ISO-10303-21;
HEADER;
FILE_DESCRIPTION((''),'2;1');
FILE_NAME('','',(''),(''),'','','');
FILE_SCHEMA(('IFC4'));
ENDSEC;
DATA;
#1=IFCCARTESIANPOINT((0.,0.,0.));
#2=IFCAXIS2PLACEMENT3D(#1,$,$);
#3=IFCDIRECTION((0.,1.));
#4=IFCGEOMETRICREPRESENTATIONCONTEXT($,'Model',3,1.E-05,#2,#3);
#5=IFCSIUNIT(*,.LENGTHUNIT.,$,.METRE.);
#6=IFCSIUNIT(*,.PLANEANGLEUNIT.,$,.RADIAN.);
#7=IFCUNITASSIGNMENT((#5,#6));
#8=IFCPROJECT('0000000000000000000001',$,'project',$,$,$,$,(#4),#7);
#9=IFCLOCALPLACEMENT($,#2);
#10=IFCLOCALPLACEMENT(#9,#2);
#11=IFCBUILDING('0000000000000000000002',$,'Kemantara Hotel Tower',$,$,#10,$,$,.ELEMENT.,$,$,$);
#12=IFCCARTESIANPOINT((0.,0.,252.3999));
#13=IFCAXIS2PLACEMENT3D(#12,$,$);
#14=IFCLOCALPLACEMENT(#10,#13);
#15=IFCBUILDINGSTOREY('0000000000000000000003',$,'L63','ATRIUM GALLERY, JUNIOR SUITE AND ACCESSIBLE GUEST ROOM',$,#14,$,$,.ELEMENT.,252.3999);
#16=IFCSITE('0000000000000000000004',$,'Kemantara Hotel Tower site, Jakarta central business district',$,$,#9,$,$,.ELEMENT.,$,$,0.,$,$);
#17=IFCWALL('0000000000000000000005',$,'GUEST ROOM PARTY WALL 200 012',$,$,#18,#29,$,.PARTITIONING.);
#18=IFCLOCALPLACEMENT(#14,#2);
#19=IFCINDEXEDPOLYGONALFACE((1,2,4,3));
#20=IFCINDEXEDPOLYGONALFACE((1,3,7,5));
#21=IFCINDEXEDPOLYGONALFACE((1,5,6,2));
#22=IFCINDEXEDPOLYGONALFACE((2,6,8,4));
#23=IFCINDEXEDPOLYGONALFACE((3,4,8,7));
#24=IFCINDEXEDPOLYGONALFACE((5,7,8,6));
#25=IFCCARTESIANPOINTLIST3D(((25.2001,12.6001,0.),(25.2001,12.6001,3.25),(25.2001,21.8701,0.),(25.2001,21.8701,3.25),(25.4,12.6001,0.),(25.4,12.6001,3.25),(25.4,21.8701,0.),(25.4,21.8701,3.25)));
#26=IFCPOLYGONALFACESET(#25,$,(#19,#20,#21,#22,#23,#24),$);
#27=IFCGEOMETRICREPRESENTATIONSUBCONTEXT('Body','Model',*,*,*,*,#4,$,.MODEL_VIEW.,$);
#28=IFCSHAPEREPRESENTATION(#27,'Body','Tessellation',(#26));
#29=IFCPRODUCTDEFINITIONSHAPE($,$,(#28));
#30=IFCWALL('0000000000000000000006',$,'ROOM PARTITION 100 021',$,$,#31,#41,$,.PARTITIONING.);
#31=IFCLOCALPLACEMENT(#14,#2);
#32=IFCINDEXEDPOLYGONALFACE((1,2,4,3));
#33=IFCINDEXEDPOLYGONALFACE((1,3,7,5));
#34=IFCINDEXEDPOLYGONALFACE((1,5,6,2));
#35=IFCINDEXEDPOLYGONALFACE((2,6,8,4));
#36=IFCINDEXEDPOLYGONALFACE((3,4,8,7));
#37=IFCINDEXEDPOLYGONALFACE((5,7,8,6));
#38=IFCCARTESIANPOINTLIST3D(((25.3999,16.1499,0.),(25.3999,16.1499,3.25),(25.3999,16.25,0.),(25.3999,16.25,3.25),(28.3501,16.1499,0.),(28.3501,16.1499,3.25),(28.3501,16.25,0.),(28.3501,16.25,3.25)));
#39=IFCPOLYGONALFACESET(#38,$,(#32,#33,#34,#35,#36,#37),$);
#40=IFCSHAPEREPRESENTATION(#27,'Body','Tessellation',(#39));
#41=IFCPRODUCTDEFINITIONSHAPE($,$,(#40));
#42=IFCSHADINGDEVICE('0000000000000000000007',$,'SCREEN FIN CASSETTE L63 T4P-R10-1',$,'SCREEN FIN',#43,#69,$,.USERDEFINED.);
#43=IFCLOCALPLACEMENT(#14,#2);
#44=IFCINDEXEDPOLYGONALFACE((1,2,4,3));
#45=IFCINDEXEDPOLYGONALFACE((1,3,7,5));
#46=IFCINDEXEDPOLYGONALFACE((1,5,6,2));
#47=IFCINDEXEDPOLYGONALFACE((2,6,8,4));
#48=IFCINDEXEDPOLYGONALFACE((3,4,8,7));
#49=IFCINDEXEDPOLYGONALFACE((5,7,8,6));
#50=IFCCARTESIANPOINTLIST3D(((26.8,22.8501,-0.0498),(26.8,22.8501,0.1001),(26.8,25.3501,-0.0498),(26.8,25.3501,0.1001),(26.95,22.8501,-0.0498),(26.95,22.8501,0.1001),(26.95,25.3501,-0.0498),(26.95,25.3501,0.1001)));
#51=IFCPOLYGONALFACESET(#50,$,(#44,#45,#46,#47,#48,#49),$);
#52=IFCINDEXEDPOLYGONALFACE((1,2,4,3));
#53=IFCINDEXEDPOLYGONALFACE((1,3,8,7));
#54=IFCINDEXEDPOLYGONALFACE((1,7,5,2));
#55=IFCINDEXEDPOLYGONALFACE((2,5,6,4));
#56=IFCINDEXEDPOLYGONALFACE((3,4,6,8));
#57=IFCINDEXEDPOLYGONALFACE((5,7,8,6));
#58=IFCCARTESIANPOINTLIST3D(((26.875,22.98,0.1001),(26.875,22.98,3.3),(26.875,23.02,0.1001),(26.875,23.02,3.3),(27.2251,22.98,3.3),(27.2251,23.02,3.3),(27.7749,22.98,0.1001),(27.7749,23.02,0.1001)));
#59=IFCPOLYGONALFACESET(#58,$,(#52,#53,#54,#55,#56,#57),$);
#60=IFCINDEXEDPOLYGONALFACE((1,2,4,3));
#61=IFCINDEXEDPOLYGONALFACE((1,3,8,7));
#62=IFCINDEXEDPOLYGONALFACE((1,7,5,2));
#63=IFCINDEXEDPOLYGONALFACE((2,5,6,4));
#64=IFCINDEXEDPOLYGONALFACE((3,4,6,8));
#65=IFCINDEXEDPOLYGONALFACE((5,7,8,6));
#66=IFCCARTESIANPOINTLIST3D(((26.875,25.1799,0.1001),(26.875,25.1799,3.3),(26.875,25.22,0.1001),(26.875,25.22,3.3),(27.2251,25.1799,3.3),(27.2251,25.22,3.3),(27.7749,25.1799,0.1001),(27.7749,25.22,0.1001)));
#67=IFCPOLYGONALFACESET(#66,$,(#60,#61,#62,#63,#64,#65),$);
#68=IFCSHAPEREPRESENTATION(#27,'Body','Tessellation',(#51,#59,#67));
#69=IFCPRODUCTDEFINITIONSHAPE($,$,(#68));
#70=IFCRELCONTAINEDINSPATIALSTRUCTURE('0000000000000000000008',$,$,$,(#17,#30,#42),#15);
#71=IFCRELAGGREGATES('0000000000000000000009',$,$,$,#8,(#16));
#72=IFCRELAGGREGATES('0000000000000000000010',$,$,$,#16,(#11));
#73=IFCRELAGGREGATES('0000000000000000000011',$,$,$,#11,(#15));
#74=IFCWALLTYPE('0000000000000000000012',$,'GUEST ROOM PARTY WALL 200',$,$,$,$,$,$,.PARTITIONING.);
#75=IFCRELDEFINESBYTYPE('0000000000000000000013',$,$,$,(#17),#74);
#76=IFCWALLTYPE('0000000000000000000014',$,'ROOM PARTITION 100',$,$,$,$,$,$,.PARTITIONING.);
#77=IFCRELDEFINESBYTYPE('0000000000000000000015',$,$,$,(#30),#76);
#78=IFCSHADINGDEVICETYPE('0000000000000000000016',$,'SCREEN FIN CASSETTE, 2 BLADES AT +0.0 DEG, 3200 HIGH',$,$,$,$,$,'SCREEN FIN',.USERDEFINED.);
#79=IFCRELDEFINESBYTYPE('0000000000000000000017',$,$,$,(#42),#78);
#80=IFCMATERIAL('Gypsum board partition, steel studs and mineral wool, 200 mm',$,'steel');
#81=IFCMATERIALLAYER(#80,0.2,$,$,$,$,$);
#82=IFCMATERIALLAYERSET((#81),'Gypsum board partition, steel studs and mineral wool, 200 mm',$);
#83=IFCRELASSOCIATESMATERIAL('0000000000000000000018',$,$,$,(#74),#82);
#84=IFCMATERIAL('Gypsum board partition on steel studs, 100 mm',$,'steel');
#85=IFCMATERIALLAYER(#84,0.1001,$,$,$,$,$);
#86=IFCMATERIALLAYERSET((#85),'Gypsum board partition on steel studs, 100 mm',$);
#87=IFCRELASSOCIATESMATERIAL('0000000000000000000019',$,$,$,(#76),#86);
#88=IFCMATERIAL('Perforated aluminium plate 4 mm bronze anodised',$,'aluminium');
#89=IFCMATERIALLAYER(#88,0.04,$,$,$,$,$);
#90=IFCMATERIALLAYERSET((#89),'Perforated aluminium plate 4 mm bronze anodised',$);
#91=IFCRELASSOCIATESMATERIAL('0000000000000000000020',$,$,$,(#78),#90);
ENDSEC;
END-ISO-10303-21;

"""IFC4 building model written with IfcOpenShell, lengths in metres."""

from ifc_helpers import new_model, si_unit, direction, frame, frame_2d, origin, origin_2d, place, context, subcontext, project, spatial, polyline, rectangle, outline, extrude, source, transform, mapped, material, layer, layer_set, type_object, element, save


model = new_model("IFC4")

# Units and contexts
model_context = context("Model", 3, precision=1e-05, world=origin(), true_north=direction((0.0, 1.0)))
body_context = subcontext(model_context, "Body", "Model", "MODEL_VIEW")
ifc_project = project(units=[si_unit("LENGTHUNIT", "METRE"), si_unit("PLANEANGLEUNIT", "RADIAN")], contexts=[model_context])

# Site, building, storey
site_placement = place(None, origin())
site = spatial("IfcSite", under=ifc_project, at=site_placement, Name="Kemantara Hotel Tower site, Jakarta central business district", CompositionType="ELEMENT", RefElevation=0.0)
building_placement = place(site_placement, origin())
building = spatial("IfcBuilding", under=site, at=building_placement, Name="Kemantara Hotel Tower", CompositionType="ELEMENT")
storey_placement = place(building_placement, frame((0.0, 0.0, 252.3999)))
storey = spatial("IfcBuildingStorey", under=building, at=storey_placement, Name="L63", Description="ATRIUM GALLERY, JUNIOR SUITE AND ACCESSIBLE GUEST ROOM", CompositionType="ELEMENT", Elevation=252.3999)

# Walls
ifc_material_1 = material(Name="Gypsum board partition, steel studs and mineral wool, 200 mm", Category="steel")
ifc_layer_1 = layer(ifc_material_1, 0.2)
ifc_layer_set_1 = layer_set([ifc_layer_1], Name="Gypsum board partition, steel studs and mineral wool, 200 mm")
wall_type_1 = type_object("IfcWallType", Name="GUEST ROOM PARTY WALL 200", PredefinedType="PARTITIONING", material=ifc_layer_set_1)
wall_1_placement = place(storey_placement, frame((25.3, 12.6001, 0.0), z_axis=(0.0, 0.0, 1.0), x_axis=(0.0, 1.0, 0.0)))
element("IfcWall", 1, at=wall_1_placement, inside=storey, type_object=wall_type_1, Name="GUEST ROOM PARTY WALL 200 012", PredefinedType="PARTITIONING", context=body_context, shape_type="SweptSolid", body=[
    extrude(rectangle(XDim=9.27, YDim=0.2, at=frame_2d((4.635, 0.0))), origin(), (0.0, 0.0, 1.0), 3.25),
])
ifc_material_2 = material(Name="Gypsum board partition on steel studs, 100 mm", Category="steel")
ifc_layer_2 = layer(ifc_material_2, 0.1001)
ifc_layer_set_2 = layer_set([ifc_layer_2], Name="Gypsum board partition on steel studs, 100 mm")
wall_type_2 = type_object("IfcWallType", Name="ROOM PARTITION 100", PredefinedType="PARTITIONING", material=ifc_layer_set_2)
wall_2_placement = place(storey_placement, frame((25.3999, 16.2, 0.0), z_axis=(0.0, 0.0, 1.0), x_axis=(1.0, 0.0, 0.0)))
element("IfcWall", 2, at=wall_2_placement, inside=storey, type_object=wall_type_2, Name="ROOM PARTITION 100 021", PredefinedType="PARTITIONING", context=body_context, shape_type="SweptSolid", body=[
    extrude(rectangle(XDim=2.9502, YDim=0.1001, at=frame_2d((1.4751, 0.0))), origin(), (0.0, 0.0, 1.0), 3.25),
])

# Shading device
ifc_material_3 = material(Name="Perforated aluminium plate 4 mm bronze anodised", Category="aluminium")
ifc_layer_3 = layer(ifc_material_3, 0.04)
ifc_layer_set_3 = layer_set([ifc_layer_3], Name="Perforated aluminium plate 4 mm bronze anodised")
shading_device_type = type_object("IfcShadingDeviceType", Name="SCREEN FIN CASSETTE, 2 BLADES AT +0.0 DEG, 3200 HIGH", ElementType="SCREEN FIN", PredefinedType="USERDEFINED", material=ifc_layer_set_3)
shared_shape_1 = source(origin(), body_context, "Body", "SweptSolid", [
    extrude(rectangle(XDim=2.5, YDim=0.1499, at=origin_2d()), frame((1.1001, -0.075, -0.1499), z_axis=(0.0, 0.0, 1.0), x_axis=(1.0, 0.0, 0.0)), (0.0, 0.0, 1.0), 0.1499),
    extrude(outline(polyline([(0.0, 0.0), (0.8999, 0.0), (0.3501, 3.2), (0.0, 3.2), (0.0, 0.0)])), frame((0.02, -0.075, 0.0), z_axis=(-1.0, 0.0, 0.0), x_axis=(0.0, -1.0, 0.0)), (0.0, 0.0, 1.0), 0.04),
    extrude(outline(polyline([(0.0, 0.0), (0.8999, 0.0), (0.3501, 3.2), (0.0, 3.2), (0.0, 0.0)])), frame((2.22, -0.075, 0.0), z_axis=(-1.0, 0.0, 0.0), x_axis=(0.0, -1.0, 0.0)), (0.0, 0.0, 1.0), 0.04),
])
shading_device_placement = place(storey_placement, frame((26.8, 23.0, 0.1001), z_axis=(0.0, 0.0, 1.0), x_axis=(0.0, 1.0, 0.0)))
element("IfcShadingDevice", 3, at=shading_device_placement, inside=storey, type_object=shading_device_type, Name="SCREEN FIN CASSETTE L63 T4P-R10-1", ObjectType="SCREEN FIN", PredefinedType="USERDEFINED", context=body_context, shape_type="MappedRepresentation", body=[
    mapped(shared_shape_1, transform((0.0, 0.0, 0.0))),
])

save(model, "model.ifc")
